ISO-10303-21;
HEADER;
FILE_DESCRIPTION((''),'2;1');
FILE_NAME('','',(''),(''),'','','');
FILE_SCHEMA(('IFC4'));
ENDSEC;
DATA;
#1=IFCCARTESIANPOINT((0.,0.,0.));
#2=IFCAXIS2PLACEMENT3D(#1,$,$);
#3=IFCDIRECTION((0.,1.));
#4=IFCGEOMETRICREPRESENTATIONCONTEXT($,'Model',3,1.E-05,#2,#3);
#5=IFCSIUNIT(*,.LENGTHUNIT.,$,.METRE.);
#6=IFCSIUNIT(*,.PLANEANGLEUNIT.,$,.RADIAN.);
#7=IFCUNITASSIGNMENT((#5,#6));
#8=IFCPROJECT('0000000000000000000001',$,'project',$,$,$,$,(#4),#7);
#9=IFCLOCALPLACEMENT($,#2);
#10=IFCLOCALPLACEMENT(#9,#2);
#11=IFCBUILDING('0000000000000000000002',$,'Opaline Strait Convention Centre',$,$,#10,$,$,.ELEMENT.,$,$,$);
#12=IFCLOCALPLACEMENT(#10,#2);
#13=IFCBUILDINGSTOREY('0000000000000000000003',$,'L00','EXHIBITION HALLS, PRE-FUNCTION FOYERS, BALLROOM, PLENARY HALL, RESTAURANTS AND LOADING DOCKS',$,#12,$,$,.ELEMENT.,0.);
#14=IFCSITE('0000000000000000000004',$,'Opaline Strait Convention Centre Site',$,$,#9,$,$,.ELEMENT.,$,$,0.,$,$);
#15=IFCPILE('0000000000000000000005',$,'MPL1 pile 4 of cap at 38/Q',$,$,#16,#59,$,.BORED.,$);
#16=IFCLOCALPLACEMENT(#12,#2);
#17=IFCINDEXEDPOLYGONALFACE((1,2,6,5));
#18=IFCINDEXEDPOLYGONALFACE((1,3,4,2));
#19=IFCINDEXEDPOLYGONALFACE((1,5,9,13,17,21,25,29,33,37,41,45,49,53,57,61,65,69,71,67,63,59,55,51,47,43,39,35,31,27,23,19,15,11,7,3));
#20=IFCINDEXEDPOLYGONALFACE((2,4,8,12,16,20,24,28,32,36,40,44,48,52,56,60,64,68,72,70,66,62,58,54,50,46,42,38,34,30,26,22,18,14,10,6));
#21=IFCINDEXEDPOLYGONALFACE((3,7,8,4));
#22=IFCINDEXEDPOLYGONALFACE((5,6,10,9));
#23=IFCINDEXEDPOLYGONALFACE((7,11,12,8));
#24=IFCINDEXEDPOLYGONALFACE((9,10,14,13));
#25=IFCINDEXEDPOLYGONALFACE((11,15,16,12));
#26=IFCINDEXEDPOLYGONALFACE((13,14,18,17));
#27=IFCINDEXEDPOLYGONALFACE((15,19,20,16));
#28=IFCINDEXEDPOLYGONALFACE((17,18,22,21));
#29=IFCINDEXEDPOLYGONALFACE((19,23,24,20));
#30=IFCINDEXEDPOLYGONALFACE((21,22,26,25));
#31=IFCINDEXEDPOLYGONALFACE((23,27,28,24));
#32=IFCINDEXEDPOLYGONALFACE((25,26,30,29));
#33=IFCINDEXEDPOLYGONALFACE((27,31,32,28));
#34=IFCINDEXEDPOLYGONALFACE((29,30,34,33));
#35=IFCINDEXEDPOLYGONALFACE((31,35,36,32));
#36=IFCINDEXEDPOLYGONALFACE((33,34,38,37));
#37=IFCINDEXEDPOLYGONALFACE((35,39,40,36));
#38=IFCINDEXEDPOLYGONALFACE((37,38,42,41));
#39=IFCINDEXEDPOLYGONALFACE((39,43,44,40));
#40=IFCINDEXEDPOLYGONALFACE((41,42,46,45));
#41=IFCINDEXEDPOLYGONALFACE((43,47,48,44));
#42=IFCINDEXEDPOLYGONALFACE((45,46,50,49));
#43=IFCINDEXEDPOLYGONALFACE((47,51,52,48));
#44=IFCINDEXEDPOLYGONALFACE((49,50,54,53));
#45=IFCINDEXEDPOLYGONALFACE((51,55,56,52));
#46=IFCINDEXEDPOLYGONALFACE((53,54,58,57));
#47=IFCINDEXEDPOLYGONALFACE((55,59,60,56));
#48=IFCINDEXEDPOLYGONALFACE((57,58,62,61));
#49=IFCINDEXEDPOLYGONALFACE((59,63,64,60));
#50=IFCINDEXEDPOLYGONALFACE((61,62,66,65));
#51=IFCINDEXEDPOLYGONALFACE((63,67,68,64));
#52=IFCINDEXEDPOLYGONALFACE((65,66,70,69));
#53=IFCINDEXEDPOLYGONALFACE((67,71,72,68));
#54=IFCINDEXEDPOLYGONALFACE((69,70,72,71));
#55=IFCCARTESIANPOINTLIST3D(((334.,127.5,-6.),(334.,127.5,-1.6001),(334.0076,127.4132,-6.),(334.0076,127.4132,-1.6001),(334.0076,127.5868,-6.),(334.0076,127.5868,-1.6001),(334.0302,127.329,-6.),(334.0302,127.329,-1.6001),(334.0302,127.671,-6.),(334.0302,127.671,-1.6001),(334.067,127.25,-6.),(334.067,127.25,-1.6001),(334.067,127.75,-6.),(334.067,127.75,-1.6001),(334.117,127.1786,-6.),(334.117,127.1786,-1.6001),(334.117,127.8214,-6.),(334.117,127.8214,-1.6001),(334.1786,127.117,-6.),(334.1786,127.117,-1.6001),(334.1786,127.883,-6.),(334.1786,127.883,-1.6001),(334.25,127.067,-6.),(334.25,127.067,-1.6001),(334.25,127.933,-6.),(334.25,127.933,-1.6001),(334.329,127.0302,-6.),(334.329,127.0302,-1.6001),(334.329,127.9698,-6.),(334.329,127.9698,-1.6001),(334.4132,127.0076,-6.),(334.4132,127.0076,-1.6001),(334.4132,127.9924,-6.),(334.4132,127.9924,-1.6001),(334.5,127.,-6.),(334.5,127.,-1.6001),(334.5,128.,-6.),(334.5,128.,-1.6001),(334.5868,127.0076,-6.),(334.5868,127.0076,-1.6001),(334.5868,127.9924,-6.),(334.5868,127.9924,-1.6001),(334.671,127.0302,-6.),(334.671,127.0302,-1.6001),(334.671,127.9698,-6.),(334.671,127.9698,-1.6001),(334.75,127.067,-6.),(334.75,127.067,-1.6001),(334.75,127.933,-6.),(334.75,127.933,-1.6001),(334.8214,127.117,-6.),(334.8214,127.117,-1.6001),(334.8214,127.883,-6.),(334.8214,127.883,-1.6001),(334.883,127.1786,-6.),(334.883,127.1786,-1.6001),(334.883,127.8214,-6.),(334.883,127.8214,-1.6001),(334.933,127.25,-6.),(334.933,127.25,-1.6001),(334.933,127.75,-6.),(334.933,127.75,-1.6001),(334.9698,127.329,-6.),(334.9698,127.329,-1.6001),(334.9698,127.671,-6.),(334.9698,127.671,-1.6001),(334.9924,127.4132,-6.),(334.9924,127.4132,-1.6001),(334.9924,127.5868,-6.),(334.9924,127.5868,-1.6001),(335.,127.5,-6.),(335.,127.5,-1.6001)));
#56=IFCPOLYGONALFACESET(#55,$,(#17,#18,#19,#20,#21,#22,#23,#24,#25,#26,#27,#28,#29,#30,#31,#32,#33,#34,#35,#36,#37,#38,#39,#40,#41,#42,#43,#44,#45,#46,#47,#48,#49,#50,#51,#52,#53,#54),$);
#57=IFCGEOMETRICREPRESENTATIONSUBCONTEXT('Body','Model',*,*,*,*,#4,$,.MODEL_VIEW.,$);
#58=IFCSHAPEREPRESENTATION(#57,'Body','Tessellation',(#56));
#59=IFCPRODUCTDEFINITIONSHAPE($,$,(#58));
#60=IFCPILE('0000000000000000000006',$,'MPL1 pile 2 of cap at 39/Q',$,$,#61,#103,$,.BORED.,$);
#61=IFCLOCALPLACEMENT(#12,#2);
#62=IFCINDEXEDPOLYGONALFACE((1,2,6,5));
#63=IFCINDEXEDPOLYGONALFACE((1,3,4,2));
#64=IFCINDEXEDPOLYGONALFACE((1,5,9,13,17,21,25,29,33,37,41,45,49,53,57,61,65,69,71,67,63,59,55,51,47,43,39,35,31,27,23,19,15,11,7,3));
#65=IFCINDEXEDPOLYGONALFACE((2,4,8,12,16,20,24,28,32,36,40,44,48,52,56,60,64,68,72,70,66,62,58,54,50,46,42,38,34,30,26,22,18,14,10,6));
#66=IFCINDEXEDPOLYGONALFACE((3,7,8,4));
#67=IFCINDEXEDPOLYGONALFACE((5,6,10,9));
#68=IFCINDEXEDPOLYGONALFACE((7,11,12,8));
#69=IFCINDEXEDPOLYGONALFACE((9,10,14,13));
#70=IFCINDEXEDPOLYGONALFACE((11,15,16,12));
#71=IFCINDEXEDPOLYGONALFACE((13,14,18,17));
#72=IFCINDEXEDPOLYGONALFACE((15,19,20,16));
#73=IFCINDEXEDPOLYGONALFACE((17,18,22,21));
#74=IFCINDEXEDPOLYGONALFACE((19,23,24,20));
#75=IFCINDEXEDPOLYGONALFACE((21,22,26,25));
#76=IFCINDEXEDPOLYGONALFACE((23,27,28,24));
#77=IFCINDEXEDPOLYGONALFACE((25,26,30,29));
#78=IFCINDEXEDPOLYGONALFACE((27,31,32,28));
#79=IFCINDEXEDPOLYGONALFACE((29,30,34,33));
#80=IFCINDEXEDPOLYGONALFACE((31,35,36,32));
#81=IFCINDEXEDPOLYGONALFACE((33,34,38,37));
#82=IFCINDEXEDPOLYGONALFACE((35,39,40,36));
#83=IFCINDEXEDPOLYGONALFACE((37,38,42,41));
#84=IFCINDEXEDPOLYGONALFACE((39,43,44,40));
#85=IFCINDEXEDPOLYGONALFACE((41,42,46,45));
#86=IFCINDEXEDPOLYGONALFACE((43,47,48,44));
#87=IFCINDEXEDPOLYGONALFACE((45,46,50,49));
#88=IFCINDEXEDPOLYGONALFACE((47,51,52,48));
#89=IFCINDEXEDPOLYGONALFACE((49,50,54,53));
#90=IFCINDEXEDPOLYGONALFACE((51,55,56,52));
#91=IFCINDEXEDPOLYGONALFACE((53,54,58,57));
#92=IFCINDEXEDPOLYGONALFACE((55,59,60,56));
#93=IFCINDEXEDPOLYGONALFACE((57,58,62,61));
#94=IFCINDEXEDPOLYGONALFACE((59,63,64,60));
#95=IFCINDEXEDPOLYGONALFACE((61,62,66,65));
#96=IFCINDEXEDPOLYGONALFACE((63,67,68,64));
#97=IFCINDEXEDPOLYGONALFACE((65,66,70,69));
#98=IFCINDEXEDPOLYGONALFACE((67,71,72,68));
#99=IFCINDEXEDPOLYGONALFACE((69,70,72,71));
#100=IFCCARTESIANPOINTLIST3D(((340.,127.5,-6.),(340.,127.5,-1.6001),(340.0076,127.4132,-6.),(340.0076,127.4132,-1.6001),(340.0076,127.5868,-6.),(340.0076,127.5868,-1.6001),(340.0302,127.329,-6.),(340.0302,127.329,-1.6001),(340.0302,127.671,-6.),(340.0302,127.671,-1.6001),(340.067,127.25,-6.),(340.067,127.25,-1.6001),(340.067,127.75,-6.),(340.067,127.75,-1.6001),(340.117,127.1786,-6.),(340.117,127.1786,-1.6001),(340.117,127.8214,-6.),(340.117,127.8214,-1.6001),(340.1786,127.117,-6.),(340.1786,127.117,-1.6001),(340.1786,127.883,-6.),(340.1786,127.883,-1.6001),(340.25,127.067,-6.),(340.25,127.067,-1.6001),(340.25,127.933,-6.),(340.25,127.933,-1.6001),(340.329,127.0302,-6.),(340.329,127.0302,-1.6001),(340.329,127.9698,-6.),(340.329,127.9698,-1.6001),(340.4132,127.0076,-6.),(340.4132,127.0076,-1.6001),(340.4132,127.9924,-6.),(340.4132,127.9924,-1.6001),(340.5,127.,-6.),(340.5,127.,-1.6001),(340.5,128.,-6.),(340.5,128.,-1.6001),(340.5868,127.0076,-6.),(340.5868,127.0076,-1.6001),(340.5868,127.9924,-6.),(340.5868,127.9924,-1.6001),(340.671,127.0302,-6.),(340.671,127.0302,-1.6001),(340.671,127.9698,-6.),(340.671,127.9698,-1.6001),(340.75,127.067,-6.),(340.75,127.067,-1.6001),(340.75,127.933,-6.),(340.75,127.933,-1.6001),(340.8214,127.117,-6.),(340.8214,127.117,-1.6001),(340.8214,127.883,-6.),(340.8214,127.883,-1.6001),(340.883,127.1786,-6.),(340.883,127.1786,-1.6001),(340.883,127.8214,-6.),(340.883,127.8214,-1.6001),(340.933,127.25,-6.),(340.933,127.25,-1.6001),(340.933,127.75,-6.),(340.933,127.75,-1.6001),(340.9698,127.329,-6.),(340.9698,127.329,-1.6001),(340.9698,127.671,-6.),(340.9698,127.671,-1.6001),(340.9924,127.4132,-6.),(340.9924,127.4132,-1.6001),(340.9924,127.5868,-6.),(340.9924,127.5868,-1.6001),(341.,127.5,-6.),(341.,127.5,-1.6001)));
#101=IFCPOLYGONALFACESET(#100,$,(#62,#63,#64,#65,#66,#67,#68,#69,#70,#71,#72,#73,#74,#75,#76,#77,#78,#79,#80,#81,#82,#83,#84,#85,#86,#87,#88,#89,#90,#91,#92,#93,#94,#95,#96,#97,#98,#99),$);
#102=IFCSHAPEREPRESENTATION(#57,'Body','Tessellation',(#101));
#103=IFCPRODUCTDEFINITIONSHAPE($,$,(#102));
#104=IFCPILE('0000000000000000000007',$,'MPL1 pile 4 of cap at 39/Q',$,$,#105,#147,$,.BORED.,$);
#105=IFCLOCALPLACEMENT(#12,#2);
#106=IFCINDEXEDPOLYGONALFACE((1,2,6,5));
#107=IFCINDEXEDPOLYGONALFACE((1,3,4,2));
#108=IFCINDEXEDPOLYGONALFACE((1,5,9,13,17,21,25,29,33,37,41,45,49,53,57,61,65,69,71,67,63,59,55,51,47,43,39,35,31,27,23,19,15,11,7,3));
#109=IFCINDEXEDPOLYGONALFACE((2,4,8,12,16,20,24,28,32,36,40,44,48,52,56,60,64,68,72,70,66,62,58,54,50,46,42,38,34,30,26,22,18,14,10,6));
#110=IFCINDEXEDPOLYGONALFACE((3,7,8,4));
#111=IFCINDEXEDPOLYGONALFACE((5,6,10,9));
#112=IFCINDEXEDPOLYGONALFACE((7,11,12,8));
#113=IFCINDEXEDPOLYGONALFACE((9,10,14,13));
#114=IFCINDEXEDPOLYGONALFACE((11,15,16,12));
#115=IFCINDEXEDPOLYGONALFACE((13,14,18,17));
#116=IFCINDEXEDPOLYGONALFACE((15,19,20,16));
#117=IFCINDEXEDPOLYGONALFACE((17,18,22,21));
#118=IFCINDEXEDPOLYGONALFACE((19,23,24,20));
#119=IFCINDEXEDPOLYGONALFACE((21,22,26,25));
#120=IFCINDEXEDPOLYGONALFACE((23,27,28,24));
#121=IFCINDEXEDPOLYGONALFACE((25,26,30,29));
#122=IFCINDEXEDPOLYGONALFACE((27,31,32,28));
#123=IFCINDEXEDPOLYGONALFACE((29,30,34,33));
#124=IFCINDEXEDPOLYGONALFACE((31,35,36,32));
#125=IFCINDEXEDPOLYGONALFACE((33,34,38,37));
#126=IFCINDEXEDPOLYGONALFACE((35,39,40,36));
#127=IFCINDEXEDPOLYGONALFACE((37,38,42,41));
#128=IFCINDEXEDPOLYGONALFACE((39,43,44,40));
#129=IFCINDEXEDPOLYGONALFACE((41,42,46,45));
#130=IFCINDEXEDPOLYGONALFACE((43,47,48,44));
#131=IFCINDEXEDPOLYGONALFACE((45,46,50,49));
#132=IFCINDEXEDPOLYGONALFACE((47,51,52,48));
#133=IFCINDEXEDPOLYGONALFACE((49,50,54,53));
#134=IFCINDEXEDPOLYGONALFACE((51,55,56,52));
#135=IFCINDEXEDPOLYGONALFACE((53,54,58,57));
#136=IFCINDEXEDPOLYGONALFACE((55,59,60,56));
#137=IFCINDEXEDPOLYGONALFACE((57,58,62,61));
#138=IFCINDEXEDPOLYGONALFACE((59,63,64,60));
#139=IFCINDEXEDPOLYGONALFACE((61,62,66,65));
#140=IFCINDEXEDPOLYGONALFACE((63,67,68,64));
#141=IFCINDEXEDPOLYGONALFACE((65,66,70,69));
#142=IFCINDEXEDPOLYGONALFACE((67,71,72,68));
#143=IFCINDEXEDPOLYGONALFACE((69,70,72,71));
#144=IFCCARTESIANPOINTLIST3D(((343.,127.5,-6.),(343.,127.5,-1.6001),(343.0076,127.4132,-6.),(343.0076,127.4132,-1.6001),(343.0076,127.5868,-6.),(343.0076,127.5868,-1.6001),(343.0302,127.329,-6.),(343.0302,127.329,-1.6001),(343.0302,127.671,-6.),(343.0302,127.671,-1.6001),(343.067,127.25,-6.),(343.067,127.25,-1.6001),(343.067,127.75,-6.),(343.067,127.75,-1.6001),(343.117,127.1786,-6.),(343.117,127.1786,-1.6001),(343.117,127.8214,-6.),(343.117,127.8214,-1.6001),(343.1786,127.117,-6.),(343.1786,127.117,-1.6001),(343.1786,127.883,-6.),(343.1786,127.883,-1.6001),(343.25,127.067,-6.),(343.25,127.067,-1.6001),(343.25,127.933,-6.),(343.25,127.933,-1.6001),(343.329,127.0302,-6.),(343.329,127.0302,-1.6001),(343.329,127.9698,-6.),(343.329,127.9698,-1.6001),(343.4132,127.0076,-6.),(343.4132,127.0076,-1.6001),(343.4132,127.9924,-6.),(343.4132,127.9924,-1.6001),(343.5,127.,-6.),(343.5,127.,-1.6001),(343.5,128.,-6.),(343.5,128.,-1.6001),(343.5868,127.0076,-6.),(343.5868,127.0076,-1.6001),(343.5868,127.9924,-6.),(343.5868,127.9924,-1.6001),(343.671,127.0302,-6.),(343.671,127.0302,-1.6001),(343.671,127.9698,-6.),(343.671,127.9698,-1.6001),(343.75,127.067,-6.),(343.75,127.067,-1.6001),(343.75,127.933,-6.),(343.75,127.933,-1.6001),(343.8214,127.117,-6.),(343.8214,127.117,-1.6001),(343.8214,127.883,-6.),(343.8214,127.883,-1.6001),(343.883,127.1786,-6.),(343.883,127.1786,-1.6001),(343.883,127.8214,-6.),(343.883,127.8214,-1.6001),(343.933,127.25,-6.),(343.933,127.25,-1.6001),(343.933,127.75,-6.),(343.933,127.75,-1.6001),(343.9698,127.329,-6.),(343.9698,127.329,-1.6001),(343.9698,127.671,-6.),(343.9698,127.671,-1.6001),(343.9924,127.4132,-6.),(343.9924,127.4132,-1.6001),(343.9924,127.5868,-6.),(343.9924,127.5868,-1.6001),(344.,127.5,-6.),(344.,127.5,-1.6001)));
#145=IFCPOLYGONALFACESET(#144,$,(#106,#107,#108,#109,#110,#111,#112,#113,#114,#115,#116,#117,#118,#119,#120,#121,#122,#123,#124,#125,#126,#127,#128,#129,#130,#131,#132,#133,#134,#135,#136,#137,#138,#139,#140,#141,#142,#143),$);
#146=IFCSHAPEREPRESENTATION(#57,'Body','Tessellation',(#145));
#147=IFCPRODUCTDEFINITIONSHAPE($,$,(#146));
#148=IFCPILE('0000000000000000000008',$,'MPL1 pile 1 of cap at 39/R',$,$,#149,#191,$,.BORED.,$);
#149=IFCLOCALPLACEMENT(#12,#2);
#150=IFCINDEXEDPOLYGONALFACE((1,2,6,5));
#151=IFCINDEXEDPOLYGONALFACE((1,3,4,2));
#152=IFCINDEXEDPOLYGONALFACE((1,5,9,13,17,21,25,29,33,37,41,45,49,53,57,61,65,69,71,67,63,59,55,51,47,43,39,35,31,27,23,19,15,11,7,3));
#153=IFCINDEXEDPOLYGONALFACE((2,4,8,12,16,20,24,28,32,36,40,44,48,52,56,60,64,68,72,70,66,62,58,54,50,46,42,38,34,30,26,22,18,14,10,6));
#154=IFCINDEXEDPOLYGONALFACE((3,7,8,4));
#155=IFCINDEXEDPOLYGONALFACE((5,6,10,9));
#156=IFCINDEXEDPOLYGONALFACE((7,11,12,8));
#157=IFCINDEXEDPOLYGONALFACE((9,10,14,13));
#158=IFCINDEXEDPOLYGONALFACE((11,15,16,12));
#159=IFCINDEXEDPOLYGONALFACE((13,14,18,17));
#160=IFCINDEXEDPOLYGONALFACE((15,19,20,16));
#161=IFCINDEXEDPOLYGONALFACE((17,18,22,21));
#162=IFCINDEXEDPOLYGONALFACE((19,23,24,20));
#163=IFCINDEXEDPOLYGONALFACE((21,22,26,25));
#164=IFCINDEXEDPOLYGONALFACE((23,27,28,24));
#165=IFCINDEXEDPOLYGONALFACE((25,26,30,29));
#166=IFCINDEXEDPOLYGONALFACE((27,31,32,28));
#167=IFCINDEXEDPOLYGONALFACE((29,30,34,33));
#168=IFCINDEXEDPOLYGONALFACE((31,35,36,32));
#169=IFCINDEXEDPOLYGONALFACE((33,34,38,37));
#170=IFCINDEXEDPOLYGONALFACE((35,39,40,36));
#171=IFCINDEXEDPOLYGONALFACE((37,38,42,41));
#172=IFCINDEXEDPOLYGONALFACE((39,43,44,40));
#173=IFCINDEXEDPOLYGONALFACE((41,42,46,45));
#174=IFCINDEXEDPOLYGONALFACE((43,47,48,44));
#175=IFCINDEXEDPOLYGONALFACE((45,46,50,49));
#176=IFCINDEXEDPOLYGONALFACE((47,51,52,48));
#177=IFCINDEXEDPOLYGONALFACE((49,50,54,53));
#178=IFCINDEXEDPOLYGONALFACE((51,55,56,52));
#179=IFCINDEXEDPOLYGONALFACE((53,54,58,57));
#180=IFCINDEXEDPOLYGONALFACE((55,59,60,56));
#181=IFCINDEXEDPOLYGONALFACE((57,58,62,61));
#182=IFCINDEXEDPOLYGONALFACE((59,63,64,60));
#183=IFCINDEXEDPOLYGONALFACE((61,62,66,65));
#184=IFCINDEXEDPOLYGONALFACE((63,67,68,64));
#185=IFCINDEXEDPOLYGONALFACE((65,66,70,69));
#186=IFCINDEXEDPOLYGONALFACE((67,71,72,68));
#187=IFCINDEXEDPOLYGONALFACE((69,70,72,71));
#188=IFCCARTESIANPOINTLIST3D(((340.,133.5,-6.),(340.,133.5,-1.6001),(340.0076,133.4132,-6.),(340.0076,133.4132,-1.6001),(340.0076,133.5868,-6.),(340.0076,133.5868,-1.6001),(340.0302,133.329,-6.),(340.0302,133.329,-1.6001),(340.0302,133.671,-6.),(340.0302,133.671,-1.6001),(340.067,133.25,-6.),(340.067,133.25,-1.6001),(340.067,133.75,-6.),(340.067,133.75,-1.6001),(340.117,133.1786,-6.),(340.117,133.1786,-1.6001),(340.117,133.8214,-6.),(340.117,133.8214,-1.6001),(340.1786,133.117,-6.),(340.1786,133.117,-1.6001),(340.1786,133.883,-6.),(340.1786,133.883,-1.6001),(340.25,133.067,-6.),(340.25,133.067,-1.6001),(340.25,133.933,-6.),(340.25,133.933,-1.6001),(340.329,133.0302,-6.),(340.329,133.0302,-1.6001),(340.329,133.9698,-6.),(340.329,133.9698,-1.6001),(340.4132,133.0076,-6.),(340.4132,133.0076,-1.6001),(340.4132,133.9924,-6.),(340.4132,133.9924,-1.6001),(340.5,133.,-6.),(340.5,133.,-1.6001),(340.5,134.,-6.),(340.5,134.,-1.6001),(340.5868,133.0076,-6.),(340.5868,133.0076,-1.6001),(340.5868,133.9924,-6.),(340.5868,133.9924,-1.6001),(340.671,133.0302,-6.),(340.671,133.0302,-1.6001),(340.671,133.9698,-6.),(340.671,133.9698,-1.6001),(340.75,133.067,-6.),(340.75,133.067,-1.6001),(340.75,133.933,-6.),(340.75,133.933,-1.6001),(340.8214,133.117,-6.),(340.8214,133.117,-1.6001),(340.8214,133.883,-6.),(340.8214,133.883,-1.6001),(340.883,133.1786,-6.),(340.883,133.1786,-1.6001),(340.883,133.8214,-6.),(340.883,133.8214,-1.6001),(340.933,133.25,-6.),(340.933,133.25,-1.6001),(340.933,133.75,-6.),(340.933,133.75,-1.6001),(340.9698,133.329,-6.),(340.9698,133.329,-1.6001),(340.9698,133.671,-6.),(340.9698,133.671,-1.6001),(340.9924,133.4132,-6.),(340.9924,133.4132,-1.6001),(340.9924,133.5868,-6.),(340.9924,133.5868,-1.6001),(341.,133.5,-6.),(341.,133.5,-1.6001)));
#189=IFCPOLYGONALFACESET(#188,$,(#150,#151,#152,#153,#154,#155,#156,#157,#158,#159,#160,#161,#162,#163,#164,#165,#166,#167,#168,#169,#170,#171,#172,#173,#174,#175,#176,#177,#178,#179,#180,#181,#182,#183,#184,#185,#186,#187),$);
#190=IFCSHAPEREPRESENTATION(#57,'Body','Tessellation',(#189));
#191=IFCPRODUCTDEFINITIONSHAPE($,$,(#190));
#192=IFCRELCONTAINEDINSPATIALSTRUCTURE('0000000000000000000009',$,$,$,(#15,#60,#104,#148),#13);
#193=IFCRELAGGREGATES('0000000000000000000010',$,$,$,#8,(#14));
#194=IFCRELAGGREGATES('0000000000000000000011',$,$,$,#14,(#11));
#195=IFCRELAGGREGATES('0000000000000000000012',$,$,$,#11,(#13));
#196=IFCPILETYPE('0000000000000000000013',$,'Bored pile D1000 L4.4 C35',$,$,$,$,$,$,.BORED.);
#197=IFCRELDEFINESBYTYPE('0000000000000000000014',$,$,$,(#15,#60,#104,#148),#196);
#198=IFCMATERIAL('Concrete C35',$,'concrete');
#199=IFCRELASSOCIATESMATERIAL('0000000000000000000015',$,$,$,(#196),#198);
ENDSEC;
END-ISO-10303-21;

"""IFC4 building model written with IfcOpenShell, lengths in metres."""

from ifc_helpers import new_model, si_unit, direction, frame, origin, origin_2d, place, context, subcontext, project, spatial, circle, extrude, material, material_profile, profile_set, type_object, element, save


model = new_model("IFC4")

# Units and contexts
model_context = context("Model", 3, precision=1e-05, world=origin(), true_north=direction((0.0, 1.0)))
body_context = subcontext(model_context, "Body", "Model", "MODEL_VIEW")
ifc_project = project(units=[si_unit("LENGTHUNIT", "METRE"), si_unit("PLANEANGLEUNIT", "RADIAN")], contexts=[model_context])

# Site, building, storey
site_placement = place(None, origin())
site = spatial("IfcSite", under=ifc_project, at=site_placement, Name="Opaline Strait Convention Centre Site", CompositionType="ELEMENT", RefElevation=0.0)
building_placement = place(site_placement, origin())
building = spatial("IfcBuilding", under=site, at=building_placement, Name="Opaline Strait Convention Centre", CompositionType="ELEMENT")
storey_placement = place(building_placement, origin())
storey = spatial("IfcBuildingStorey", under=building, at=storey_placement, Name="L00", Description="EXHIBITION HALLS, PRE-FUNCTION FOYERS, BALLROOM, PLENARY HALL, RESTAURANTS AND LOADING DOCKS", CompositionType="ELEMENT", Elevation=0.0)

# Piles
ifc_material_1 = material(Name="Concrete C35", Category="concrete")
ifc_material_profile_1 = material_profile(ifc_material_1, circle(Radius=0.5, at=origin_2d()), Name="D1000")
ifc_profile_set_1 = profile_set([ifc_material_profile_1], Name="Concrete C35")
pile_type = type_object("IfcPileType", Name="Bored pile D1000 L4.4 C35", PredefinedType="BORED", material=ifc_profile_set_1)
for number, where, z_axis, x_axis, name in (
    (1, (334.5, 127.5, -1.6001), (0.0, 0.0, -1.0), (1.0, 0.0, 0.0), "MPL1 pile 4 of cap at 38/Q"),
    (2, (340.5, 127.5, -1.6001), (0.0, 0.0, -1.0), (1.0, 0.0, 0.0), "MPL1 pile 2 of cap at 39/Q"),
    (3, (343.5, 127.5, -1.6001), (0.0, 0.0, -1.0), (1.0, 0.0, 0.0), "MPL1 pile 4 of cap at 39/Q"),
    (4, (340.5, 133.5, -1.6001), (0.0, 0.0, -1.0), (1.0, 0.0, 0.0), "MPL1 pile 1 of cap at 39/R"),
):
    element("IfcPile", number, at=place(storey_placement, frame(where, z_axis=z_axis, x_axis=x_axis)), inside=storey, type_object=pile_type, Name=name, PredefinedType="BORED", context=body_context, shape_type="SweptSolid", body=[
        extrude(circle(Radius=0.5, at=origin_2d()), origin(), (0.0, 0.0, 1.0), 4.3999),
    ])

save(model, "model.ifc")
